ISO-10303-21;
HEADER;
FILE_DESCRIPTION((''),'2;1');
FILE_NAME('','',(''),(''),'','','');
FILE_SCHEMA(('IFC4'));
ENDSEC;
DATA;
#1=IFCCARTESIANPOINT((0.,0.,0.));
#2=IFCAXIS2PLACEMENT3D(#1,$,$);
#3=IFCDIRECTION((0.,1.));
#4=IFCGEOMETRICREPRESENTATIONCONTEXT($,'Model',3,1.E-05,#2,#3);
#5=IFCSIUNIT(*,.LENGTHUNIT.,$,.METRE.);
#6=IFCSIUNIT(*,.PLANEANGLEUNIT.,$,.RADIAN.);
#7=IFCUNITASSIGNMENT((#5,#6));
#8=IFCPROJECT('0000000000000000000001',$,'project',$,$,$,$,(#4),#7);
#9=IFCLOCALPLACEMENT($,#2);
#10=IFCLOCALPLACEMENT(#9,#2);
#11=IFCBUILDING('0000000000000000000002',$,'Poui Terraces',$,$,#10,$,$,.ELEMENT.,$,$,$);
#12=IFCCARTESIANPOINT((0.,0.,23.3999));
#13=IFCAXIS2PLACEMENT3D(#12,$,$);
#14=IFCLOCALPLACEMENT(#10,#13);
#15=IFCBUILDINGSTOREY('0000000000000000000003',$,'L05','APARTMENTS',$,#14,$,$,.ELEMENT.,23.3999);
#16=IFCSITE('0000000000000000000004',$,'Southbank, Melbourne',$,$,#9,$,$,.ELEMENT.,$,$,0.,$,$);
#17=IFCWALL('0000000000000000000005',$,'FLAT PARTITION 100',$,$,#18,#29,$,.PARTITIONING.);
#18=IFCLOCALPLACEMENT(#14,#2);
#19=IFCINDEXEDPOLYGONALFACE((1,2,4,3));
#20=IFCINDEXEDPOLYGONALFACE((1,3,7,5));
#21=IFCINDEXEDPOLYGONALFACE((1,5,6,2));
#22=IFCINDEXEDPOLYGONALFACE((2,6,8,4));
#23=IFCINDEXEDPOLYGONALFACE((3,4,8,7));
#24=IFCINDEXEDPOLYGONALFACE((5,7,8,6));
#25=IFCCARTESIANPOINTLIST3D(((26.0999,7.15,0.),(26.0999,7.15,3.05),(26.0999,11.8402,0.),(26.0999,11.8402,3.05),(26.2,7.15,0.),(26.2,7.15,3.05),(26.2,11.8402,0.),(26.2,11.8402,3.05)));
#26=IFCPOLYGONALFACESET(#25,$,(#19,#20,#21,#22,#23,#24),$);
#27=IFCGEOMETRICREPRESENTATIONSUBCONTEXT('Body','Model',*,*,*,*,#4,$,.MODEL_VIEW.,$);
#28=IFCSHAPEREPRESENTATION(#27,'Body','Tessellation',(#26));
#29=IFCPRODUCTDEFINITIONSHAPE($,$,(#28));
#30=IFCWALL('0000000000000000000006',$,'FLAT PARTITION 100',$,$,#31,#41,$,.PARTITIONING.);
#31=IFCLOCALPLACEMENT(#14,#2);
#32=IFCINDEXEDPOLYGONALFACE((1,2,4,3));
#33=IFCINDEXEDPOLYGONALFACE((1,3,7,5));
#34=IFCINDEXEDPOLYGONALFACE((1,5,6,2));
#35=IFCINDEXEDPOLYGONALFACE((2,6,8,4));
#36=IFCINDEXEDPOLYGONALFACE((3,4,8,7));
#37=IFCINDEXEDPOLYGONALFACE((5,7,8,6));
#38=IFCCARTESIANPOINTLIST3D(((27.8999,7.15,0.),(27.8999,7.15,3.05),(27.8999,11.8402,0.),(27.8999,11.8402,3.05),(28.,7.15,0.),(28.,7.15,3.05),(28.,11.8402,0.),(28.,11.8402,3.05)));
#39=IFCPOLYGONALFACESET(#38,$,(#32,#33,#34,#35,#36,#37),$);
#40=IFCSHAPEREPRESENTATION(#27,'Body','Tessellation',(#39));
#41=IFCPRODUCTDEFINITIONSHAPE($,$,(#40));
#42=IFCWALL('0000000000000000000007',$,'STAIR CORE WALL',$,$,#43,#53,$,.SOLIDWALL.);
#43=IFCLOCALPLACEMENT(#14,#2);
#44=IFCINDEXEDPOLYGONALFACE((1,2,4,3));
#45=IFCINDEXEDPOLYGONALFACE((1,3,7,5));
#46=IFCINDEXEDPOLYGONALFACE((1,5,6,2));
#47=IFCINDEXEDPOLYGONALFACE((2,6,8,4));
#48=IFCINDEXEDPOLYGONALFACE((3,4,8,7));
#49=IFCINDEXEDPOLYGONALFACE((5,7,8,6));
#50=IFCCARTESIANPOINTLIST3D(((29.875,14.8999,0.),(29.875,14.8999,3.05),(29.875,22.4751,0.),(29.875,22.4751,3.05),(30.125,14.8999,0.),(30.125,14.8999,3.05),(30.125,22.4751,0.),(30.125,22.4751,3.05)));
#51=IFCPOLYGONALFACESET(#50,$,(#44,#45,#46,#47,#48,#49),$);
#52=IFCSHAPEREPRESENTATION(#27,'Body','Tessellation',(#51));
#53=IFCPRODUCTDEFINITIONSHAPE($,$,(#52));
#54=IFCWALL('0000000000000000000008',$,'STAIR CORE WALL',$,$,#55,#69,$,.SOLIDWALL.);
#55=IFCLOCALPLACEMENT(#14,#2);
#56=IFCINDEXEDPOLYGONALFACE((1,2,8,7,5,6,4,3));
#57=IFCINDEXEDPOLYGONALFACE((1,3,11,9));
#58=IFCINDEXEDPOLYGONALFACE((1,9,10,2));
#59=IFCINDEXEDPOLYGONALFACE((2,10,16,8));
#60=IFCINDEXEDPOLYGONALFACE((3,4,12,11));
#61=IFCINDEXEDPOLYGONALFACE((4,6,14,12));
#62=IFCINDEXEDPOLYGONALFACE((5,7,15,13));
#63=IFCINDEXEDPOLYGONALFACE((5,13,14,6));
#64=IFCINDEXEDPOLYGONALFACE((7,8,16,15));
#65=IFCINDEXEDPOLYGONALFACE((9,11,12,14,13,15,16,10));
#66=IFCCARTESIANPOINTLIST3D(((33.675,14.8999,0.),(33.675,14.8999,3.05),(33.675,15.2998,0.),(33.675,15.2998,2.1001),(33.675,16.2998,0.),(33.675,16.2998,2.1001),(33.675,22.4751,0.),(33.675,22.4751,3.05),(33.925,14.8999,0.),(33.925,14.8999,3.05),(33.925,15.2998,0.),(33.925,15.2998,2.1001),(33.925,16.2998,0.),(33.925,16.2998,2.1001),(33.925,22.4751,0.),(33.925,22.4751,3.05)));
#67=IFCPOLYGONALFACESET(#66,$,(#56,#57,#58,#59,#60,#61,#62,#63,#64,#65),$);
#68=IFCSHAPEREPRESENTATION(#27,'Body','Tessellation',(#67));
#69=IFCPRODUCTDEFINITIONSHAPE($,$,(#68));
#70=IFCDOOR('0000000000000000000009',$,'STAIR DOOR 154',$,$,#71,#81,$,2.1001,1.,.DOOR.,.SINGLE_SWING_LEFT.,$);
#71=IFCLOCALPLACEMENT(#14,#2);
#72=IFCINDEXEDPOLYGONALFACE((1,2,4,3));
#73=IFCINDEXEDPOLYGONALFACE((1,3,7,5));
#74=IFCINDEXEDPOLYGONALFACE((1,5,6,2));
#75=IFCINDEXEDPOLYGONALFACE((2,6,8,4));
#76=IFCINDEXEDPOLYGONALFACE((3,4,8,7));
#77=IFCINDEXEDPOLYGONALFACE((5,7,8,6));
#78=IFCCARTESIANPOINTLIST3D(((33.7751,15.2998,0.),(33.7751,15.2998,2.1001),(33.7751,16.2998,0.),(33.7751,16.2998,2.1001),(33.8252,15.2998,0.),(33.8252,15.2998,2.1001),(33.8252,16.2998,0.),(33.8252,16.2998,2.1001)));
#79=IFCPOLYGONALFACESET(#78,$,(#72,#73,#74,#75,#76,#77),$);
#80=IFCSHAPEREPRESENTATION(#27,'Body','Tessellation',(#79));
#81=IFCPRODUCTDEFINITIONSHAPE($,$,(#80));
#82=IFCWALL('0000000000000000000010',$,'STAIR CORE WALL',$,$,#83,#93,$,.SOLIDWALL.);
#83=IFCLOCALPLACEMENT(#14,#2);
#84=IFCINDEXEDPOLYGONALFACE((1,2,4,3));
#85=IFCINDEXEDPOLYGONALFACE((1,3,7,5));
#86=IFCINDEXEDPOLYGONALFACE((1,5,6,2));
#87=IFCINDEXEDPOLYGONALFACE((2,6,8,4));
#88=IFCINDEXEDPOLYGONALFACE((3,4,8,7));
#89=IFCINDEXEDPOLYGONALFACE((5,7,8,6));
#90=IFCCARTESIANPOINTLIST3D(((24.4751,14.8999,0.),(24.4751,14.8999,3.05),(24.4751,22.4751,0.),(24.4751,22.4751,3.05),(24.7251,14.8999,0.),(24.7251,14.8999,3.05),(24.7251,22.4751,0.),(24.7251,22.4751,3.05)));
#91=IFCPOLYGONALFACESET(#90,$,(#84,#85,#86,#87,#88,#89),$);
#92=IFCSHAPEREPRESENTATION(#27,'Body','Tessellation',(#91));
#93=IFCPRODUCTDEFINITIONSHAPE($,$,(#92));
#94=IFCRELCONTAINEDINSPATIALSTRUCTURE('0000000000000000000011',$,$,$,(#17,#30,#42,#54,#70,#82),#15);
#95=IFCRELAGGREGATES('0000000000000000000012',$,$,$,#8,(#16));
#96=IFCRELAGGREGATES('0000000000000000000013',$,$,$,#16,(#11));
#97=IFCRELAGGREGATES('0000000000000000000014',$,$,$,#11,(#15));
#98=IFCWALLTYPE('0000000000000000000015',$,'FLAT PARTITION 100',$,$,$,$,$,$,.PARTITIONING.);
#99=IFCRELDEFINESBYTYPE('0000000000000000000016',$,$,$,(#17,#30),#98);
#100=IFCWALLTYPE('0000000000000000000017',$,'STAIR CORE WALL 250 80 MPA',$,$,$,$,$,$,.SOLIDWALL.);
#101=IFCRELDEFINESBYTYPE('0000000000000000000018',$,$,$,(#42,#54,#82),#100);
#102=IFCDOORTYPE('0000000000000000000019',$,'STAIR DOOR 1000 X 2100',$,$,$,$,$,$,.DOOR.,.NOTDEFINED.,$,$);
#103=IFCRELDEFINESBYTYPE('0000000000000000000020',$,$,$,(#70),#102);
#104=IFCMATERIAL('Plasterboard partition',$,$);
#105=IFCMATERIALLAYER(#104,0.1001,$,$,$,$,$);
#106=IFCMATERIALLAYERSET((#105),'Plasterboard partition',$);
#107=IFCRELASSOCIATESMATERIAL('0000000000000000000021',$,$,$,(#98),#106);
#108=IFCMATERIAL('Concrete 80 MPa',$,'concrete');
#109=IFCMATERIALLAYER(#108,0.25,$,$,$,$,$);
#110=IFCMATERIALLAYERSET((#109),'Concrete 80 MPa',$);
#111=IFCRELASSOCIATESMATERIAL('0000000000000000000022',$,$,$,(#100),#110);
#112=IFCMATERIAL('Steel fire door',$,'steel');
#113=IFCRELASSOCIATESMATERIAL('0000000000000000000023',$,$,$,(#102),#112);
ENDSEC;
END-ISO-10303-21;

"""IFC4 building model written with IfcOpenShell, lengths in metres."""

from ifc_helpers import new_model, si_unit, direction, frame, frame_2d, origin, place, context, subcontext, project, spatial, rectangle, extrude, material, layer, layer_set, type_object, element, fill, save


model = new_model("IFC4")

# Units and contexts
model_context = context("Model", 3, precision=1e-05, world=origin(), true_north=direction((0.0, 1.0)))
body_context = subcontext(model_context, "Body", "Model", "MODEL_VIEW")
ifc_project = project(units=[si_unit("LENGTHUNIT", "METRE"), si_unit("PLANEANGLEUNIT", "RADIAN")], contexts=[model_context])

# Site, building, storey
site_placement = place(None, origin())
site = spatial("IfcSite", under=ifc_project, at=site_placement, Name="Southbank, Melbourne", CompositionType="ELEMENT", RefElevation=0.0)
building_placement = place(site_placement, origin())
building = spatial("IfcBuilding", under=site, at=building_placement, Name="Poui Terraces", CompositionType="ELEMENT")
storey_placement = place(building_placement, frame((0.0, 0.0, 23.3999)))
storey = spatial("IfcBuildingStorey", under=building, at=storey_placement, Name="L05", Description="APARTMENTS", CompositionType="ELEMENT", Elevation=23.3999)

# Shared definitions
ifc_material_1 = material(Name="Concrete 80 MPa", Category="concrete")

# Shared definitions
ifc_material_2 = material(Name="Steel fire door", Category="steel")

# Shared definitions
ifc_material_3 = material(Name="Plasterboard partition")
ifc_layer_1 = layer(ifc_material_3, 0.1001)
ifc_layer_set_1 = layer_set([ifc_layer_1], Name="Plasterboard partition")
wall_type_1 = type_object("IfcWallType", Name="FLAT PARTITION 100", PredefinedType="PARTITIONING", material=ifc_layer_set_1)

# Walls
for number, where, z_axis, x_axis, name in (
    (1, (26.1499, 7.1499, 0.0), (0.0, 0.0, 1.0), (0.0, 1.0, 0.0), "FLAT PARTITION 100"),
    (2, (27.95, 7.1499, 0.0), (0.0, 0.0, 1.0), (0.0, 1.0, 0.0), "FLAT PARTITION 100"),
):
    element("IfcWall", number, at=place(storey_placement, frame(where, z_axis=z_axis, x_axis=x_axis)), inside=storey, type_object=wall_type_1, Name=name, PredefinedType="PARTITIONING", context=body_context, shape_type="SweptSolid", body=[
        extrude(rectangle(XDim=4.6902, YDim=0.1001, at=frame_2d((2.3452, 0.0))), origin(), (0.0, 0.0, 1.0), 3.05),
    ])
ifc_layer_2 = layer(ifc_material_1, 0.25)
ifc_layer_set_2 = layer_set([ifc_layer_2], Name="Concrete 80 MPa")
wall_type_2 = type_object("IfcWallType", Name="STAIR CORE WALL 250 80 MPA", PredefinedType="SOLIDWALL", material=ifc_layer_set_2)
wall_1_placement = place(storey_placement, frame((30.0, 14.8999, 0.0), z_axis=(0.0, 0.0, 1.0), x_axis=(0.0, 1.0, 0.0)))
element("IfcWall", 3, at=wall_1_placement, inside=storey, type_object=wall_type_2, Name="STAIR CORE WALL", PredefinedType="SOLIDWALL", context=body_context, shape_type="SweptSolid", body=[
    extrude(rectangle(XDim=7.5752, YDim=0.25, at=frame_2d((3.7876, 0.0))), origin(), (0.0, 0.0, 1.0), 3.05),
])

# Wall, opening, door
wall_2_placement = place(storey_placement, frame((33.8, 14.8999, 0.0), z_axis=(0.0, 0.0, 1.0), x_axis=(0.0, 1.0, 0.0)))
wall_2 = element("IfcWall", 4, at=wall_2_placement, inside=storey, type_object=wall_type_2, Name="STAIR CORE WALL", PredefinedType="SOLIDWALL", context=body_context, shape_type="SweptSolid", body=[
    extrude(rectangle(XDim=7.5752, YDim=0.25, at=frame_2d((3.7876, 0.0))), origin(), (0.0, 0.0, 1.0), 3.05),
])
opening_1_placement = place(wall_2_placement, frame((0.3999, 0.0, 0.0)))
opening_1 = element("IfcOpeningElement", 5, at=opening_1_placement, cuts=wall_2, PredefinedType="OPENING", context=body_context, shape_type="SweptSolid", body=[
    extrude(rectangle(XDim=1.0, YDim=2.1001, at=frame_2d((0.5, 1.05))), frame((0.0, 0.135, 0.0), z_axis=(0.0, -1.0, 0.0), x_axis=(1.0, 0.0, 0.0)), (0.0, 0.0, 1.0), 0.27),
])
door_type_1 = type_object("IfcDoorType", Name="STAIR DOOR 1000 X 2100", OperationType="NOTDEFINED", PredefinedType="DOOR", material=ifc_material_2)
door_1_placement = place(opening_1_placement, origin())
door_1 = element("IfcDoor", 6, at=door_1_placement, inside=storey, type_object=door_type_1, Name="STAIR DOOR 154", OperationType="SINGLE_SWING_LEFT", OverallHeight=2.1001, OverallWidth=1.0, PredefinedType="DOOR", context=body_context, shape_type="SweptSolid", body=[
    extrude(rectangle(XDim=1.0, YDim=2.1001, at=frame_2d((0.5, 1.05))), frame((0.0, 0.0249, 0.0), z_axis=(0.0, -1.0, 0.0), x_axis=(1.0, 0.0, 0.0)), (0.0, 0.0, 1.0), 0.05),
])
fill(opening_1, door_1)

# Wall
wall_3_placement = place(storey_placement, frame((24.6001, 14.8999, 0.0), z_axis=(0.0, 0.0, 1.0), x_axis=(0.0, 1.0, 0.0)))
element("IfcWall", 7, at=wall_3_placement, inside=storey, type_object=wall_type_2, Name="STAIR CORE WALL", PredefinedType="SOLIDWALL", context=body_context, shape_type="SweptSolid", body=[
    extrude(rectangle(XDim=7.5752, YDim=0.25, at=frame_2d((3.7876, 0.0))), origin(), (0.0, 0.0, 1.0), 3.05),
])

save(model, "model.ifc")
